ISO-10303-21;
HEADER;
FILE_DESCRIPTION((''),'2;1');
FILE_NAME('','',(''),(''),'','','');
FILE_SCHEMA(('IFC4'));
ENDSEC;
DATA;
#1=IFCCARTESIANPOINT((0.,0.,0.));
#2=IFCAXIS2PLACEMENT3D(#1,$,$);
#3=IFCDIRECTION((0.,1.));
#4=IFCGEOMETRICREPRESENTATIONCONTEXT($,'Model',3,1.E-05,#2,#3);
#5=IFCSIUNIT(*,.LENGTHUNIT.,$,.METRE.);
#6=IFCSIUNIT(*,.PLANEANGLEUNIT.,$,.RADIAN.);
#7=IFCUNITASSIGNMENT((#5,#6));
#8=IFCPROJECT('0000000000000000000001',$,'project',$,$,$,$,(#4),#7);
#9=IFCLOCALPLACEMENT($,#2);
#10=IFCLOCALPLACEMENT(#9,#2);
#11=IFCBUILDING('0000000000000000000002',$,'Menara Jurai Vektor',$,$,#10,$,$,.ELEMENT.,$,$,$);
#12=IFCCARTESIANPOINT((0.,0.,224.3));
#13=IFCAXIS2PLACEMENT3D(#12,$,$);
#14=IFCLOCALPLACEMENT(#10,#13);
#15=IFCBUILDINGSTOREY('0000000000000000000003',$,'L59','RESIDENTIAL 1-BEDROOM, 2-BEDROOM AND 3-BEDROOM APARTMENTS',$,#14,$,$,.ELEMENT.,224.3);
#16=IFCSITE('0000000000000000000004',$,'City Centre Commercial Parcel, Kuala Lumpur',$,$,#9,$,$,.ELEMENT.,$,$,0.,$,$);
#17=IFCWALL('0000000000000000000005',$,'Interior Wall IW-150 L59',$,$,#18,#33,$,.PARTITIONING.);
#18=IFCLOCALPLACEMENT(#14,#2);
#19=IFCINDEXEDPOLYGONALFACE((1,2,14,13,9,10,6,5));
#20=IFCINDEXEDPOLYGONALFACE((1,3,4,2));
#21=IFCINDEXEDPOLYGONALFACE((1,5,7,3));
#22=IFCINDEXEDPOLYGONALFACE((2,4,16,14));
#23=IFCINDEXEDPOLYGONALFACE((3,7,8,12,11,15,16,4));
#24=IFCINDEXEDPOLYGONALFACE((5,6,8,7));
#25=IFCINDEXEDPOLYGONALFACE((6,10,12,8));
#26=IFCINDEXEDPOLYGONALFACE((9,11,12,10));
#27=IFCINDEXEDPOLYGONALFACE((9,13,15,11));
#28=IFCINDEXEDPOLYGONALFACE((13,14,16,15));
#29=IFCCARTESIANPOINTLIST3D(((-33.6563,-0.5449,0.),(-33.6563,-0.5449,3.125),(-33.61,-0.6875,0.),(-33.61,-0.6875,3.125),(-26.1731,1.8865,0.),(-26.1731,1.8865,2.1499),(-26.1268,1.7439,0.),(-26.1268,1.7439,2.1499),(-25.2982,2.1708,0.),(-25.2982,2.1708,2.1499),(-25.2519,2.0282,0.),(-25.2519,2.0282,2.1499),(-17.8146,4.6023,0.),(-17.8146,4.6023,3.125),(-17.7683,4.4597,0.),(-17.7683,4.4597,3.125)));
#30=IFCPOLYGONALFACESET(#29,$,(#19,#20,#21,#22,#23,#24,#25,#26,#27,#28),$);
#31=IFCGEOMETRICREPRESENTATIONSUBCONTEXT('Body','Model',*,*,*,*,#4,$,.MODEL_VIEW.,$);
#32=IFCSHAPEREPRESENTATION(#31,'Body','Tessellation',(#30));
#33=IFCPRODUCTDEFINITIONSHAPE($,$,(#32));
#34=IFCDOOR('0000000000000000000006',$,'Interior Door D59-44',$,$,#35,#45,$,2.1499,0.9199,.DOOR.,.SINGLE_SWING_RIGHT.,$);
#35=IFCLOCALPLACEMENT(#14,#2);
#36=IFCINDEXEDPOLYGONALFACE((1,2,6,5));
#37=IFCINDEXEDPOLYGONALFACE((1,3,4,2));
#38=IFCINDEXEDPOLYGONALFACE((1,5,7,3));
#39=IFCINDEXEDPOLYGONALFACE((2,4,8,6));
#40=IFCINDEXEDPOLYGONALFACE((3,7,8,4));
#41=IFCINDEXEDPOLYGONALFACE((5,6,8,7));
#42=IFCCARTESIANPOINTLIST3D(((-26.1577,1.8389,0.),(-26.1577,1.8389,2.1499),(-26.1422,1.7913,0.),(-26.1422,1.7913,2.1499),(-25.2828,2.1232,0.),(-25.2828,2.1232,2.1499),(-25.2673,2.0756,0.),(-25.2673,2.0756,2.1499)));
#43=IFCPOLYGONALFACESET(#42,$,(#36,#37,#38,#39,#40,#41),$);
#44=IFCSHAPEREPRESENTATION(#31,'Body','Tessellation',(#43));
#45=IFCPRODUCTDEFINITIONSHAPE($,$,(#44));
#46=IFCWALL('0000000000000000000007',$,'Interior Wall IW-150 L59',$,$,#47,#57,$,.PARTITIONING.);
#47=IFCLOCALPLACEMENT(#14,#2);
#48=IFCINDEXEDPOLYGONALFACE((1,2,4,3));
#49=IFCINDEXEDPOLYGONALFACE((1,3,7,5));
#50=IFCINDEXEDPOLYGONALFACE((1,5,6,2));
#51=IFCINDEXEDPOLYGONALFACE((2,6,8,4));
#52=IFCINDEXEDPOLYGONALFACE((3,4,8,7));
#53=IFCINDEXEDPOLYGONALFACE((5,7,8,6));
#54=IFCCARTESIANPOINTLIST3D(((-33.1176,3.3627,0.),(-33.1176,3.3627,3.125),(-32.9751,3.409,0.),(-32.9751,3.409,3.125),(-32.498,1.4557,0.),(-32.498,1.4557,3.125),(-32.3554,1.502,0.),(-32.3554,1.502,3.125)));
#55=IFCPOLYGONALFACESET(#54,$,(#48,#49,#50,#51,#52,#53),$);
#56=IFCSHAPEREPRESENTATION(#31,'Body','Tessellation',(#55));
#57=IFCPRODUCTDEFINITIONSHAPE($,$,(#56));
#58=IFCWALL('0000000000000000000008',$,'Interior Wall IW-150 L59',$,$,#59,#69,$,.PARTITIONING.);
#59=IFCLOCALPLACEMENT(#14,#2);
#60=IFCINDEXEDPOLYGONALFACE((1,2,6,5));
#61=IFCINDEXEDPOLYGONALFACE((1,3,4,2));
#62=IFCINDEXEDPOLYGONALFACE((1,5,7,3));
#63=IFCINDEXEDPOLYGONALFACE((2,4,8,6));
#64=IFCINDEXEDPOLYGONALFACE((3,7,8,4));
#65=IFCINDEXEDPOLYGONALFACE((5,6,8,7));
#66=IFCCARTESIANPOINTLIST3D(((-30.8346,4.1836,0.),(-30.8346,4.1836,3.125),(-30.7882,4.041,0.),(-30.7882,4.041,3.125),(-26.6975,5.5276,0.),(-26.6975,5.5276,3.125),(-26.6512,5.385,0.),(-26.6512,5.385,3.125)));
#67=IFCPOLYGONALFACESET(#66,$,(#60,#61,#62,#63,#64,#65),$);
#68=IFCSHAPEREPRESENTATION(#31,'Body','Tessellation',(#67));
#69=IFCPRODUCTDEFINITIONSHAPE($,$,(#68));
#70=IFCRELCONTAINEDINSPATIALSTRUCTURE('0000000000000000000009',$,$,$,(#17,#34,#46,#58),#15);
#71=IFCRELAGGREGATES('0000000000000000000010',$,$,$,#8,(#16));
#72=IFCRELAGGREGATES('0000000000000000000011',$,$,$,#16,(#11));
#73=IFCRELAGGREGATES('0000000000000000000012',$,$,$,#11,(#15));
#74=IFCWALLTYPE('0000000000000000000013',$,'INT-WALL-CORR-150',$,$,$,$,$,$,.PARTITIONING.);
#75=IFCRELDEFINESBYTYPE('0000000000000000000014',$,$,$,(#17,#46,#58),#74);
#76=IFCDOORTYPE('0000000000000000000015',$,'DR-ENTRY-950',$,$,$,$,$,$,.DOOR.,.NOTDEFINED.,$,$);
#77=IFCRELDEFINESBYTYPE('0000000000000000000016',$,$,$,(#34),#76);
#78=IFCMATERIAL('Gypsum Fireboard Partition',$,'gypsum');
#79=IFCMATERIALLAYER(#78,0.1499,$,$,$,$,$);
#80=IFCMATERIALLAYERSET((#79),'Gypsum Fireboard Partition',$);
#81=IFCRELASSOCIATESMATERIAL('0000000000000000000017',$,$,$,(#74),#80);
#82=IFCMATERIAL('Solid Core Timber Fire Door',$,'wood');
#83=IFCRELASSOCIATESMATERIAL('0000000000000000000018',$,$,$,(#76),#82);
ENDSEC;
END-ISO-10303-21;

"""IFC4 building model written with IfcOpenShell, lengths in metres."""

from ifc_helpers import new_model, si_unit, direction, frame, frame_2d, origin, place, context, subcontext, project, spatial, rectangle, extrude, material, layer, layer_set, type_object, element, fill, save


model = new_model("IFC4")

# Units and contexts
model_context = context("Model", 3, precision=1e-05, world=origin(), true_north=direction((0.0, 1.0)))
body_context = subcontext(model_context, "Body", "Model", "MODEL_VIEW")
ifc_project = project(units=[si_unit("LENGTHUNIT", "METRE"), si_unit("PLANEANGLEUNIT", "RADIAN")], contexts=[model_context])

# Site, building, storey
site_placement = place(None, origin())
site = spatial("IfcSite", under=ifc_project, at=site_placement, Name="City Centre Commercial Parcel, Kuala Lumpur", CompositionType="ELEMENT", RefElevation=0.0)
building_placement = place(site_placement, origin())
building = spatial("IfcBuilding", under=site, at=building_placement, Name="Menara Jurai Vektor", CompositionType="ELEMENT")
storey_placement = place(building_placement, frame((0.0, 0.0, 224.3)))
storey = spatial("IfcBuildingStorey", under=building, at=storey_placement, Name="L59", Description="RESIDENTIAL 1-BEDROOM, 2-BEDROOM AND 3-BEDROOM APARTMENTS", CompositionType="ELEMENT", Elevation=224.3)

# Shared definitions
ifc_material_1 = material(Name="Gypsum Fireboard Partition", Category="gypsum")
ifc_layer_1 = layer(ifc_material_1, 0.1499)
ifc_layer_set_1 = layer_set([ifc_layer_1], Name="Gypsum Fireboard Partition")
wall_type = type_object("IfcWallType", Name="INT-WALL-CORR-150", PredefinedType="PARTITIONING", material=ifc_layer_set_1)

# Wall, opening, door
wall_1_placement = place(storey_placement, frame((-33.6333, -0.6162, 0.0), z_axis=(0.0, 0.0, 1.0), x_axis=(0.951058, 0.309012, 0.0)))
wall_1 = element("IfcWall", 1, at=wall_1_placement, inside=storey, type_object=wall_type, Name="Interior Wall IW-150 L59", PredefinedType="PARTITIONING", context=body_context, shape_type="SweptSolid", body=[
    extrude(rectangle(XDim=16.657, YDim=0.1499, at=frame_2d((8.3286, 0.0))), origin(), (0.0, 0.0, 1.0), 3.125),
])
opening_1_placement = place(wall_1_placement, frame((7.8684, 0.0, 0.0)))
opening_1 = element("IfcOpeningElement", 2, at=opening_1_placement, cuts=wall_1, PredefinedType="OPENING", context=body_context, shape_type="SweptSolid", body=[
    extrude(rectangle(XDim=0.9199, YDim=2.1499, at=frame_2d((0.46, 1.075))), frame((0.0, 0.085, 0.0), z_axis=(0.0, -1.0, 0.0), x_axis=(1.0, 0.0, 0.0)), (0.0, 0.0, 1.0), 0.1699),
])
ifc_material_2 = material(Name="Solid Core Timber Fire Door", Category="wood")
door_type_1 = type_object("IfcDoorType", Name="DR-ENTRY-950", OperationType="NOTDEFINED", PredefinedType="DOOR", material=ifc_material_2)
door_1_placement = place(opening_1_placement, origin())
door_1 = element("IfcDoor", 3, at=door_1_placement, inside=storey, type_object=door_type_1, Name="Interior Door D59-44", OperationType="SINGLE_SWING_RIGHT", OverallHeight=2.1499, OverallWidth=0.9199, PredefinedType="DOOR", context=body_context, shape_type="SweptSolid", body=[
    extrude(rectangle(XDim=0.9199, YDim=2.1499, at=frame_2d((0.46, 1.075))), frame((0.0, 0.0249, 0.0), z_axis=(0.0, -1.0, 0.0), x_axis=(1.0, 0.0, 0.0)), (0.0, 0.0, 1.0), 0.05),
])
fill(opening_1, door_1)

# Wall
wall_2_placement = place(storey_placement, frame((-32.4268, 1.479, 0.0), z_axis=(0.0, 0.0, 1.0), x_axis=(-0.309023, 0.951055, 0.0)))
element("IfcWall", 4, at=wall_2_placement, inside=storey, type_object=wall_type, Name="Interior Wall IW-150 L59", PredefinedType="PARTITIONING", context=body_context, shape_type="SweptSolid", body=[
    extrude(rectangle(XDim=2.0051, YDim=0.1499, at=frame_2d((1.0024, 0.0))), origin(), (0.0, 0.0, 1.0), 3.125),
])

# Wall
wall_3_placement = place(storey_placement, frame((-30.8113, 4.1123, 0.0), z_axis=(0.0, 0.0, 1.0), x_axis=(0.951069, 0.308978, 0.0)))
element("IfcWall", 5, at=wall_3_placement, inside=storey, type_object=wall_type, Name="Interior Wall IW-150 L59", PredefinedType="PARTITIONING", context=body_context, shape_type="SweptSolid", body=[
    extrude(rectangle(XDim=4.3499, YDim=0.1499, at=frame_2d((2.1748, 0.0))), origin(), (0.0, 0.0, 1.0), 3.125),
])

save(model, "model.ifc")
